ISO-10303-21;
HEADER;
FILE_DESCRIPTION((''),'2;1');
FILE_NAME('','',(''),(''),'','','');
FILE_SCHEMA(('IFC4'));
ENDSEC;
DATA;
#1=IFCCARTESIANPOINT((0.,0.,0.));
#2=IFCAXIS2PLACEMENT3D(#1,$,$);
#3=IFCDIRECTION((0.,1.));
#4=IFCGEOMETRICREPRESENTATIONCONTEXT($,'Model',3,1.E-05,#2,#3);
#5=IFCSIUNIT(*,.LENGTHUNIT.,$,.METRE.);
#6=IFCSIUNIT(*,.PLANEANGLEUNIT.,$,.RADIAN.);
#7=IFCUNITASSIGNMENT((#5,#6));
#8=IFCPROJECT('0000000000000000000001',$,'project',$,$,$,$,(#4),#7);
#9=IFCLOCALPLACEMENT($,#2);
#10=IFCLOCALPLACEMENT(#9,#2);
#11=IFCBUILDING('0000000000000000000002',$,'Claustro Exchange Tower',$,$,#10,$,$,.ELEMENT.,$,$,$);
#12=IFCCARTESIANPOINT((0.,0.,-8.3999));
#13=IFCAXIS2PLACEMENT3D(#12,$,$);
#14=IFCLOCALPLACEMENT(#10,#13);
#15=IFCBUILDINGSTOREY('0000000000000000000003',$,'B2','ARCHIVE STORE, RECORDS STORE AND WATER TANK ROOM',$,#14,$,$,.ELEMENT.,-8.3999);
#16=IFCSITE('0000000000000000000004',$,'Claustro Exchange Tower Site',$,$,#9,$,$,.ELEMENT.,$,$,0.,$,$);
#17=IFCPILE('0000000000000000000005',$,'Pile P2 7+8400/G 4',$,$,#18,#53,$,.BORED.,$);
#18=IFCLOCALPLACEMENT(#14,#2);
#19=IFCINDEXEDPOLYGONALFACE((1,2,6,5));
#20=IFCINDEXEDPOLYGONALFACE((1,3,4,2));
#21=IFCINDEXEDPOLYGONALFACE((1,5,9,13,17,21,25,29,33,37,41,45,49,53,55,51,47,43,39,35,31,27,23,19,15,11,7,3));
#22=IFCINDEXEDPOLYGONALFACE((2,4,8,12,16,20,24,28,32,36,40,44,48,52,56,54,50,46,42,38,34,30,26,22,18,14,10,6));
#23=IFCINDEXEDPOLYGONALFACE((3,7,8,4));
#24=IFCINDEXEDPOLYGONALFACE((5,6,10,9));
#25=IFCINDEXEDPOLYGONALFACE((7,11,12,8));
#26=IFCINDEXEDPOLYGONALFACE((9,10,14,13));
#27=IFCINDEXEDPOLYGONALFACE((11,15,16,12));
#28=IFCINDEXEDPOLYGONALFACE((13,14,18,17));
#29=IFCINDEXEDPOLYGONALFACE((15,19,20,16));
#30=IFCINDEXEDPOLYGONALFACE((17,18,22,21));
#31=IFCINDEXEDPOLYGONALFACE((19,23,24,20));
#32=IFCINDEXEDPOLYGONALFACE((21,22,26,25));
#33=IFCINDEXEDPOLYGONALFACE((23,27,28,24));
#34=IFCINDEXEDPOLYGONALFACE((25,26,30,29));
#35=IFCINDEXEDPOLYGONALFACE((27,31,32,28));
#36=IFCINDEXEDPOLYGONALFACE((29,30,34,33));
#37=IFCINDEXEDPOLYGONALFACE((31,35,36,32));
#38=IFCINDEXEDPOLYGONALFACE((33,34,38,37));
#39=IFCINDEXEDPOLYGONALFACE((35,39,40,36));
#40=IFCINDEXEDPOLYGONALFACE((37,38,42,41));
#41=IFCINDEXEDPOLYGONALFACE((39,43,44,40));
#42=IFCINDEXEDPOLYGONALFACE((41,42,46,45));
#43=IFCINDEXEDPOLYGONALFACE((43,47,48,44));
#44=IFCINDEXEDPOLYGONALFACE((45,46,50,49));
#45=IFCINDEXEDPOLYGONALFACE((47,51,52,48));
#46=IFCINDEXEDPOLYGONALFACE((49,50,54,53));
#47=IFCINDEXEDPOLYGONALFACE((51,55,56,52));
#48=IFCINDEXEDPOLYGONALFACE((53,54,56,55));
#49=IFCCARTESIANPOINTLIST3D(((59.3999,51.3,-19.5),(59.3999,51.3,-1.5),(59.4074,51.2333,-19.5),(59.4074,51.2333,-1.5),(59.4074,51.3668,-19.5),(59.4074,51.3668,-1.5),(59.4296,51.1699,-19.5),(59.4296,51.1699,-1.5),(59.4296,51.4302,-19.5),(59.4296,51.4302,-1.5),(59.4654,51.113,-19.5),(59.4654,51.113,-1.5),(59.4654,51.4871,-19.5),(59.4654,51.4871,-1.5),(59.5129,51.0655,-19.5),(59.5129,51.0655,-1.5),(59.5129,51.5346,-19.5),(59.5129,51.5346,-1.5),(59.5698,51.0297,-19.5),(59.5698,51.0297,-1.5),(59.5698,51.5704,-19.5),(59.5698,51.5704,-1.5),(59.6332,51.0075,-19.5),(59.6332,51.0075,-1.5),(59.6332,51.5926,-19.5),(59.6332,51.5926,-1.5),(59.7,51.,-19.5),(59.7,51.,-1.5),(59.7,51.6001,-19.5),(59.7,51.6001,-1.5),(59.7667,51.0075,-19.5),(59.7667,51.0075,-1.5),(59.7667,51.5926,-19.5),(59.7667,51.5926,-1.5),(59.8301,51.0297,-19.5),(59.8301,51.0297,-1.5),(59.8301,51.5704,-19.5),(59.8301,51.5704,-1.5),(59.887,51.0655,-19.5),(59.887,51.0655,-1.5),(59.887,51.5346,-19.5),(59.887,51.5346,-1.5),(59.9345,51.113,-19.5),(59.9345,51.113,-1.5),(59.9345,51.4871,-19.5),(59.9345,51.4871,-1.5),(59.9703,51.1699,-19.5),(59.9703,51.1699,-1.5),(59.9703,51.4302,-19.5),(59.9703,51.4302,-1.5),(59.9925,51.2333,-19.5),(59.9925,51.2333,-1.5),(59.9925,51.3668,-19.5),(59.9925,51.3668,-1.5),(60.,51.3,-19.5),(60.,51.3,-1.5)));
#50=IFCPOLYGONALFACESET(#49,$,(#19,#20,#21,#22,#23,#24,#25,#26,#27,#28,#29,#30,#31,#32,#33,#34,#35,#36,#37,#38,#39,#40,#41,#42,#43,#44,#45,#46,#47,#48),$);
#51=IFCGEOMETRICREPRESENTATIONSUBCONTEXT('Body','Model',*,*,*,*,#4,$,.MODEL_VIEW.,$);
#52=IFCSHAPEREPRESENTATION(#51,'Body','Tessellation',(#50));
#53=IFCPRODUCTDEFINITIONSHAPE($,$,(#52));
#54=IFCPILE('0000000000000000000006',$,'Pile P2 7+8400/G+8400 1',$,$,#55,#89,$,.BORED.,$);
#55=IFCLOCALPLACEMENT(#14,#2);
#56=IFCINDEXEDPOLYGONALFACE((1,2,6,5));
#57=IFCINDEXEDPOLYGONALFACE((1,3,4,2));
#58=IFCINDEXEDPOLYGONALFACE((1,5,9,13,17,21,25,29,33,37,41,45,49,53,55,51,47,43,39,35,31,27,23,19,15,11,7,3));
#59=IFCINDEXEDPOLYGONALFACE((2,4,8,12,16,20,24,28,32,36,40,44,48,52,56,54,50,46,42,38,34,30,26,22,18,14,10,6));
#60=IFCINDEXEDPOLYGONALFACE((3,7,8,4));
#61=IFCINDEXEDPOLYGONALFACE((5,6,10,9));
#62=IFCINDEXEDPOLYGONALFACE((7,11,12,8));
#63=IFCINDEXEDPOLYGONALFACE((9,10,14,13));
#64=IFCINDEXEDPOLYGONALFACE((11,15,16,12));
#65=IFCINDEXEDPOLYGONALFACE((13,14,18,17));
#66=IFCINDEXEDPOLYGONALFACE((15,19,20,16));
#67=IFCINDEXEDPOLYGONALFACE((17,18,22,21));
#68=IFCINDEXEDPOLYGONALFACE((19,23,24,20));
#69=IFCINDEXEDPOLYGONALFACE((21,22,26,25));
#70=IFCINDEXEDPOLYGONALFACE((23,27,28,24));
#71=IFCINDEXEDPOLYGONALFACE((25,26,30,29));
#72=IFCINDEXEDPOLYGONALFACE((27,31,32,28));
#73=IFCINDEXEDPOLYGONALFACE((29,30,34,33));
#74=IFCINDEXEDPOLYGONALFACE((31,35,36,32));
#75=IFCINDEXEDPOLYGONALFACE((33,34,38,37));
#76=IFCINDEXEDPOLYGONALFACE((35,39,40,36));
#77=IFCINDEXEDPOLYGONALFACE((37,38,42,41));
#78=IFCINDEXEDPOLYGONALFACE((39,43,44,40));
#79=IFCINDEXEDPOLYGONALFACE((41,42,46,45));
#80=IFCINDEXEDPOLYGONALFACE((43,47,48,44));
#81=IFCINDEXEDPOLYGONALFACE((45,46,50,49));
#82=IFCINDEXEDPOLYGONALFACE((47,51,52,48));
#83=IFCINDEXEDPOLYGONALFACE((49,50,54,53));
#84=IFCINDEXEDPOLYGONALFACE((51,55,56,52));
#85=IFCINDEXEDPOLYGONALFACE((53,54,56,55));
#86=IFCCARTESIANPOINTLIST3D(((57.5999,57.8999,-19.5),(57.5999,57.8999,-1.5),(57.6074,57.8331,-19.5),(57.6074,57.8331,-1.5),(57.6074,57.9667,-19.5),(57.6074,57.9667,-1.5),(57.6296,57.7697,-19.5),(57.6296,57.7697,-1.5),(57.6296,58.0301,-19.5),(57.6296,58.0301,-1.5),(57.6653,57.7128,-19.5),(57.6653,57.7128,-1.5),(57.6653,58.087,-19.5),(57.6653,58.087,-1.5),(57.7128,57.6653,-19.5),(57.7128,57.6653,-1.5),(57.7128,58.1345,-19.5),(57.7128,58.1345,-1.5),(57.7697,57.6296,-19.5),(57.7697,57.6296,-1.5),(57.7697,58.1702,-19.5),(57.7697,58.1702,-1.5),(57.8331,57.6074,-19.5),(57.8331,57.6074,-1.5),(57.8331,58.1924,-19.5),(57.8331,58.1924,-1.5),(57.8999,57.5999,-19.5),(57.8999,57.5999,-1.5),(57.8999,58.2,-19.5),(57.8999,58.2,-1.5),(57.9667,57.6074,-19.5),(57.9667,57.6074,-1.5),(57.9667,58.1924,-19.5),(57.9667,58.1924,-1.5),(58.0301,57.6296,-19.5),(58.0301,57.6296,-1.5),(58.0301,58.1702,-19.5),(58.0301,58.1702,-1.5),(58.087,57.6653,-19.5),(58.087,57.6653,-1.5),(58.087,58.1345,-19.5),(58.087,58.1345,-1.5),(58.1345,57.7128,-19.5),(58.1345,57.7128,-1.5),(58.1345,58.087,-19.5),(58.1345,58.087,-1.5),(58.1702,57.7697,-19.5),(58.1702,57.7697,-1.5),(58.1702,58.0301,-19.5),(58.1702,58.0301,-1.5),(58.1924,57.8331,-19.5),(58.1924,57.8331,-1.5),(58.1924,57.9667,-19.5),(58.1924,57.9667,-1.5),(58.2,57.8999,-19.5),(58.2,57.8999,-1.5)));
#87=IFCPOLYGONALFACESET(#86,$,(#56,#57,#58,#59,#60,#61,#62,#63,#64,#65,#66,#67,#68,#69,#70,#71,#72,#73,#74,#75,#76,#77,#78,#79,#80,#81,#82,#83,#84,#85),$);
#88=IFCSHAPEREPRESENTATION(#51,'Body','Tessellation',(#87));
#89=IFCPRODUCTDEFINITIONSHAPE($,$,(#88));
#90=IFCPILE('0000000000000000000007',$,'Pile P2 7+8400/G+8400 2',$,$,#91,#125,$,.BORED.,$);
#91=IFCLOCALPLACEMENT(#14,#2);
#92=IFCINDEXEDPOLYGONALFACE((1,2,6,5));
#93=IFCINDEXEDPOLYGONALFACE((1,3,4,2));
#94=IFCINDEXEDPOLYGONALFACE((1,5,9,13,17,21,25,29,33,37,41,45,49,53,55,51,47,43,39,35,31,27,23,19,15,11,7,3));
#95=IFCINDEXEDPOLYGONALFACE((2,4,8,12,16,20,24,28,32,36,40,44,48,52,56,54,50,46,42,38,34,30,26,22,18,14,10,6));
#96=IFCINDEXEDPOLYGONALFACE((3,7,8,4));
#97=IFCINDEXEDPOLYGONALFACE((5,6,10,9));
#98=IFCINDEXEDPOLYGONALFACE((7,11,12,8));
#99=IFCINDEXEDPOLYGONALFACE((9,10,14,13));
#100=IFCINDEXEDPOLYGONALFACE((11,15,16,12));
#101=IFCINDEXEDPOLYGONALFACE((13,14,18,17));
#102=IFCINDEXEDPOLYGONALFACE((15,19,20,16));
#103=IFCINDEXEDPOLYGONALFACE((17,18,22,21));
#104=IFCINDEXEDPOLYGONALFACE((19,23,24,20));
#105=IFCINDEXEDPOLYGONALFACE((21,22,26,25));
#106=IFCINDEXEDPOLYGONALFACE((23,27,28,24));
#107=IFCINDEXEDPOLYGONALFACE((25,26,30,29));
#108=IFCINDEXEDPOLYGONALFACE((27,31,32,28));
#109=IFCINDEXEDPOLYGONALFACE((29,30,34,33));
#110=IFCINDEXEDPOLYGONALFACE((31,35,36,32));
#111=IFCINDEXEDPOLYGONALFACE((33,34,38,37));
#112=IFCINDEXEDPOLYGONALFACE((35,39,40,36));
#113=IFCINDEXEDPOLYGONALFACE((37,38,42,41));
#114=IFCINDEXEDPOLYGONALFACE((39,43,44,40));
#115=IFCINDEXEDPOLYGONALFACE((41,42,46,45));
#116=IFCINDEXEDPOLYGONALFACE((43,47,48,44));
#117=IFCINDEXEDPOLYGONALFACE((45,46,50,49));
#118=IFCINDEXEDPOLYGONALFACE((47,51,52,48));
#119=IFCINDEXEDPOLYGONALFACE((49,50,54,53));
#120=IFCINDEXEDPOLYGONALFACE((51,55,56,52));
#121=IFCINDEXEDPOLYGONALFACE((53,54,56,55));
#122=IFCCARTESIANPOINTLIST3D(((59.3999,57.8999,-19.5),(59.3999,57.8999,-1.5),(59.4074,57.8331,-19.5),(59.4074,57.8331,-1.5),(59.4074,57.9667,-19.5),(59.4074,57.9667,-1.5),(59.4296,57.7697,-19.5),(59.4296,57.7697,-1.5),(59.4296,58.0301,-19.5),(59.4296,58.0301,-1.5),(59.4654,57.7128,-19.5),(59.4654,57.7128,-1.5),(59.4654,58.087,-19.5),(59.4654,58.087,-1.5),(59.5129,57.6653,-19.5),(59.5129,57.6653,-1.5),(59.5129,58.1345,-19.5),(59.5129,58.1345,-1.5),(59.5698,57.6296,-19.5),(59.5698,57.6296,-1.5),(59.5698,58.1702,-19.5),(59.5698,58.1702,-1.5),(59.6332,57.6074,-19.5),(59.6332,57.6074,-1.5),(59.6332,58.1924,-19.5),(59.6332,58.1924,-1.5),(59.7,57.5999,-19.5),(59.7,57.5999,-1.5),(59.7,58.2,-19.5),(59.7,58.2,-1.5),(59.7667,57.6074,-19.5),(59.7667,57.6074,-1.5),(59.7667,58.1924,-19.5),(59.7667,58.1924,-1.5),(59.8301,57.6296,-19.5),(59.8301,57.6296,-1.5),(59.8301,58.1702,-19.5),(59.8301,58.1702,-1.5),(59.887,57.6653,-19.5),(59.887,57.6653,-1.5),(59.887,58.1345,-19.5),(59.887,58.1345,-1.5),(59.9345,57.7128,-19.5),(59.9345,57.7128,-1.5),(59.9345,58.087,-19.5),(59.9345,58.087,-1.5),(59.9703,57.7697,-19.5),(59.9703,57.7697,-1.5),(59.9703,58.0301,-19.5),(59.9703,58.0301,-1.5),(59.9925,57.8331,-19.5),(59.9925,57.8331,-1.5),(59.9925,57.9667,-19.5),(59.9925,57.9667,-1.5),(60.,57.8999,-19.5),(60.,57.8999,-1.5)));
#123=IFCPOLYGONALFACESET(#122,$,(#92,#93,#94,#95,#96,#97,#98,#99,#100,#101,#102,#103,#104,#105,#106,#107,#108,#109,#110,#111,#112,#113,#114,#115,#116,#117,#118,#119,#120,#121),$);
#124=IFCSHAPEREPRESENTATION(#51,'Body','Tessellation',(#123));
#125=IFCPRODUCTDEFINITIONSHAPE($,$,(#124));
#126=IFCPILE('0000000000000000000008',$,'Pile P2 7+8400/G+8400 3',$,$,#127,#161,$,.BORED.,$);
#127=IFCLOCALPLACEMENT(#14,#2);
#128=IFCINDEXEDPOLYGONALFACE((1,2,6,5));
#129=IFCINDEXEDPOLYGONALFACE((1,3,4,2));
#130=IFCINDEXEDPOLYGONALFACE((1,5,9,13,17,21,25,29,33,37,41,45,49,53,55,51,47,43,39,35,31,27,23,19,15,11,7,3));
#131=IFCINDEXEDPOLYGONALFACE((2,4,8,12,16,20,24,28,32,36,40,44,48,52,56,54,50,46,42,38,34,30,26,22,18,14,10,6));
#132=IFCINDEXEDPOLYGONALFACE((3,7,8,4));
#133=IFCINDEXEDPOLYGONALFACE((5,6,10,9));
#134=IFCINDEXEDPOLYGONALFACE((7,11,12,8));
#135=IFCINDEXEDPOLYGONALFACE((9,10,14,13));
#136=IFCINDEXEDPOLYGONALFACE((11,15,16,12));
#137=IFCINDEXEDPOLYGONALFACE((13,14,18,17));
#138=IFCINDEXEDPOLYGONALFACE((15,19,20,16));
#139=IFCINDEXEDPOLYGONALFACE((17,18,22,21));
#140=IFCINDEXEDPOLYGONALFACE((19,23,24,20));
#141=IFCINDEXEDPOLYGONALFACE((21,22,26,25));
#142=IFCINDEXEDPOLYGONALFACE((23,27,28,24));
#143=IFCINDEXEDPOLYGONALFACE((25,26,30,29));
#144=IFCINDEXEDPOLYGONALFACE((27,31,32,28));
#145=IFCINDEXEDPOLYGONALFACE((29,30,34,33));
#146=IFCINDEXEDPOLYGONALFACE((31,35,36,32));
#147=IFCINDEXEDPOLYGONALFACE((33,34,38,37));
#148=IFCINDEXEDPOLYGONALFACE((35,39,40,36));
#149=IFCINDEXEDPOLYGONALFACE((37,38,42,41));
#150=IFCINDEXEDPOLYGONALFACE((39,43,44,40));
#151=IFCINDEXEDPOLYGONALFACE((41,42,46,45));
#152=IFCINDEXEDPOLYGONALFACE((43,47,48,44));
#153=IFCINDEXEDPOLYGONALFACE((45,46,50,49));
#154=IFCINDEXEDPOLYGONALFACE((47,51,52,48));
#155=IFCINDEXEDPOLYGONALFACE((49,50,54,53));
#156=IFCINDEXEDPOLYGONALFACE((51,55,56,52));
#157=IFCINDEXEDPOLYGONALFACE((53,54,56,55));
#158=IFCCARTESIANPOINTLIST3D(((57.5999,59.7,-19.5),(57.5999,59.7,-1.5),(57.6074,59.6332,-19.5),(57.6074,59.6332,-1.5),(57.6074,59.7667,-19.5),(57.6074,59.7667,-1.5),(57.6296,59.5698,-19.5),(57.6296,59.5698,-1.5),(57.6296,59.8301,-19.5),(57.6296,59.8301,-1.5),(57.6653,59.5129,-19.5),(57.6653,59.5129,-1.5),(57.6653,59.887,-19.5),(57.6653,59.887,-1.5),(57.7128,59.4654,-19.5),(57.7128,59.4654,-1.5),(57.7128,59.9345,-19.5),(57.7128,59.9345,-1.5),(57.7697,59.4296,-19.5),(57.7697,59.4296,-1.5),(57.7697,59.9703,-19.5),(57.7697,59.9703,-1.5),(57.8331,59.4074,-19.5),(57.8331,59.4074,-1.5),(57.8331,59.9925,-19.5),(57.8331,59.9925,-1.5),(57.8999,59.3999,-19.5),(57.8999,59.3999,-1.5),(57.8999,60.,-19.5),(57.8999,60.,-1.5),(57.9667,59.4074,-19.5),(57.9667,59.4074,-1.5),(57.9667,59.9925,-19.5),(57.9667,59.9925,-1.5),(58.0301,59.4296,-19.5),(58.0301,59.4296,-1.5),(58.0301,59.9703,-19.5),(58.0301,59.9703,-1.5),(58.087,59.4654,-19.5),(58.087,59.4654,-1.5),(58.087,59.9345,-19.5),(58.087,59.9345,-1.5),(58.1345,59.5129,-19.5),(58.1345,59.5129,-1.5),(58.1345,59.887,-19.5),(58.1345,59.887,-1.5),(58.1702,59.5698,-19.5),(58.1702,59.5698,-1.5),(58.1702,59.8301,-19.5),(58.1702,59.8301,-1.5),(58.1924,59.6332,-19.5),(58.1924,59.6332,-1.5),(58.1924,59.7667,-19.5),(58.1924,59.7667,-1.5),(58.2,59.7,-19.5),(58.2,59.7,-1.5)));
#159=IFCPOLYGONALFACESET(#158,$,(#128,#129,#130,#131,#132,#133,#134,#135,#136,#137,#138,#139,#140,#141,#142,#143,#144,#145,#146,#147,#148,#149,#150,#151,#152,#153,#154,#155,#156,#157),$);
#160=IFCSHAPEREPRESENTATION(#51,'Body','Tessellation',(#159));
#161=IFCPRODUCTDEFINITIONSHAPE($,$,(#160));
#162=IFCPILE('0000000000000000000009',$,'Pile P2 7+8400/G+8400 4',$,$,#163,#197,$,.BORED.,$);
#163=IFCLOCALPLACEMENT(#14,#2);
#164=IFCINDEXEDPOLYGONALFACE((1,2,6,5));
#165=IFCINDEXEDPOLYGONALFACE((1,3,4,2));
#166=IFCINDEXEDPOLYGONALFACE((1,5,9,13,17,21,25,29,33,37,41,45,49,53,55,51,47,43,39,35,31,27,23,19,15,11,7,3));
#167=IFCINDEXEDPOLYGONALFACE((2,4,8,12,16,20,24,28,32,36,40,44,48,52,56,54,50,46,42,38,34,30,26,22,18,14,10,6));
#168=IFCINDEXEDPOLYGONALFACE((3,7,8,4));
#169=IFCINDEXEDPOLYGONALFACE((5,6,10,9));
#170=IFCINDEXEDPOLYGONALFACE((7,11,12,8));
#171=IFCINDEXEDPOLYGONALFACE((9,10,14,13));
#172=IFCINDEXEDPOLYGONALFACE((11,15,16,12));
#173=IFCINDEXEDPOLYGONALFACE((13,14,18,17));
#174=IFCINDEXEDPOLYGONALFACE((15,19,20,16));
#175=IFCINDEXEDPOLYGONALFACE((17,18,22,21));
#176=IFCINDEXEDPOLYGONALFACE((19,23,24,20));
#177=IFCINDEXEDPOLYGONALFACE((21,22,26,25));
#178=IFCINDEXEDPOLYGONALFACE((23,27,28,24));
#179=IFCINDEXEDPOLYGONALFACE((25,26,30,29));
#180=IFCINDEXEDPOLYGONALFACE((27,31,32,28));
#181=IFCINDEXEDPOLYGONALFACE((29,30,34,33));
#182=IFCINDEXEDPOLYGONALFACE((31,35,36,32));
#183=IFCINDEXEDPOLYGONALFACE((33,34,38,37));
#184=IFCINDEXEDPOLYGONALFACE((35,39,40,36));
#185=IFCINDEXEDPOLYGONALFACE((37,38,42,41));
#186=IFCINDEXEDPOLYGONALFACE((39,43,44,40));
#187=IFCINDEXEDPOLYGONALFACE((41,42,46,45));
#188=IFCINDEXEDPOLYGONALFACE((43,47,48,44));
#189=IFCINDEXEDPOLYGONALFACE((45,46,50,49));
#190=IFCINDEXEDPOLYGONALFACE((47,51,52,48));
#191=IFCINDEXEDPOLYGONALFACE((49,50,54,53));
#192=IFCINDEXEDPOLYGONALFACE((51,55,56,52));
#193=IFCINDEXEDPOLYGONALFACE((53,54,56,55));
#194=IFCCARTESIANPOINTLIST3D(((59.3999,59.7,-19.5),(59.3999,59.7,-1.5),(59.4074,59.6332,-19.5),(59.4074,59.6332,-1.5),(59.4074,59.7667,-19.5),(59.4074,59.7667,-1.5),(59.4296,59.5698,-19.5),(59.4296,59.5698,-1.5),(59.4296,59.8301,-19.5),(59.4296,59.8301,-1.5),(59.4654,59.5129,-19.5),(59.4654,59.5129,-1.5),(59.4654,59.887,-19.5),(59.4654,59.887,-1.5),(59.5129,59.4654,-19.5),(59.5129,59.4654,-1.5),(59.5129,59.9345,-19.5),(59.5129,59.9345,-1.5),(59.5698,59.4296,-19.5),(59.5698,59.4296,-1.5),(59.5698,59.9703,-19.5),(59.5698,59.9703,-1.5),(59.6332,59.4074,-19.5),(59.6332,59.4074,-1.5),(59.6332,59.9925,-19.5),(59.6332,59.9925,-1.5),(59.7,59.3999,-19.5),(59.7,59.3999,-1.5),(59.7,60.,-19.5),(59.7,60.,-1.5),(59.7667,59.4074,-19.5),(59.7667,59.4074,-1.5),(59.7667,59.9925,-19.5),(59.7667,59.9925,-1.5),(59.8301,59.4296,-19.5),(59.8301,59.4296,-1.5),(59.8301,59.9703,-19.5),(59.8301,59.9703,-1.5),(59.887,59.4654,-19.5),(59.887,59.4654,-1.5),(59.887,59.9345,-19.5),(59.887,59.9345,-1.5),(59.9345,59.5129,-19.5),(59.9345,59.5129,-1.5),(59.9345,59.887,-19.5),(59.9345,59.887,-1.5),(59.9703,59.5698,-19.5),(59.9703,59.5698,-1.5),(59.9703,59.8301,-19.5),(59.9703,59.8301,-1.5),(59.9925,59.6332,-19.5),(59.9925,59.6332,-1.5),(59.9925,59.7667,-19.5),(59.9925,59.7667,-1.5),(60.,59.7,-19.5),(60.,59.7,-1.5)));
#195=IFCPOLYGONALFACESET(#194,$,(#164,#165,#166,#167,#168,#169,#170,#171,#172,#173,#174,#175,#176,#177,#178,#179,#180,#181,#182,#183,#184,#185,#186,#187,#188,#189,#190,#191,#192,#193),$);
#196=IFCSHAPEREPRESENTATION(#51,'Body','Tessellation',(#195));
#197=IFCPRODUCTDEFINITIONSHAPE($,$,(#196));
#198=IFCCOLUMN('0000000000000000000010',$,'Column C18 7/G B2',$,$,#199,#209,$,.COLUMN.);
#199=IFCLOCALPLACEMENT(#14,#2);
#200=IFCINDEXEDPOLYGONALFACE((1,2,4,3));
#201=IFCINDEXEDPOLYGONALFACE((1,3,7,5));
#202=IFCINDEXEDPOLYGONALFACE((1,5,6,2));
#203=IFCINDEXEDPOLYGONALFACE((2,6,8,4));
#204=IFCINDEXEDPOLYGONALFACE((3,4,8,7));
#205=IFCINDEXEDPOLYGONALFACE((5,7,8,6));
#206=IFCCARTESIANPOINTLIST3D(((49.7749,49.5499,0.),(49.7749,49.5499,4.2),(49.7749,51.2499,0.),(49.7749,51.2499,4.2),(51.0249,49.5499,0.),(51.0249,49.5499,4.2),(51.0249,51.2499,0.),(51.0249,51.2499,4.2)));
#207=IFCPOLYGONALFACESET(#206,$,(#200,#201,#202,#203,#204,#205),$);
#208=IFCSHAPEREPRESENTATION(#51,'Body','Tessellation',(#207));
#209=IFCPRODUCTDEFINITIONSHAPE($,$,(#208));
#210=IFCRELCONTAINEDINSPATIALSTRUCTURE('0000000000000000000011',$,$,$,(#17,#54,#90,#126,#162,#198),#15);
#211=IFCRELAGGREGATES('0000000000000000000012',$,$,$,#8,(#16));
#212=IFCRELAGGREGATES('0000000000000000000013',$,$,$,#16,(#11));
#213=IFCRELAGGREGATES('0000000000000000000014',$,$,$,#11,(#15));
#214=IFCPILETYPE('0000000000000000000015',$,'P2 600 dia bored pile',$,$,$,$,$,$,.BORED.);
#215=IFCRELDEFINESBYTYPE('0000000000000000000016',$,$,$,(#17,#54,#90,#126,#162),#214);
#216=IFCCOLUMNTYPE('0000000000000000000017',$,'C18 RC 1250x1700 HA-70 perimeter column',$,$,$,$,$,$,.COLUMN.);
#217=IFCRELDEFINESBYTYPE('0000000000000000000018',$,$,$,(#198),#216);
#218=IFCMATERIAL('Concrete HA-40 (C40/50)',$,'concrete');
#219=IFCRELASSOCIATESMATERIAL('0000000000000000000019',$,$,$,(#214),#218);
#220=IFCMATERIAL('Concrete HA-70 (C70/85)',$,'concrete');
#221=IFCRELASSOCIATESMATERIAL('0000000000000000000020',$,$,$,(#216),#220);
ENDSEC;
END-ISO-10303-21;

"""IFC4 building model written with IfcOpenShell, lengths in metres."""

from ifc_helpers import new_model, si_unit, direction, frame, origin, origin_2d, place, context, subcontext, project, spatial, rectangle, circle, extrude, material, material_profile, profile_set, type_object, element, save


model = new_model("IFC4")

# Units and contexts
model_context = context("Model", 3, precision=1e-05, world=origin(), true_north=direction((0.0, 1.0)))
body_context = subcontext(model_context, "Body", "Model", "MODEL_VIEW")
ifc_project = project(units=[si_unit("LENGTHUNIT", "METRE"), si_unit("PLANEANGLEUNIT", "RADIAN")], contexts=[model_context])

# Site, building, storey
site_placement = place(None, origin())
site = spatial("IfcSite", under=ifc_project, at=site_placement, Name="Claustro Exchange Tower Site", CompositionType="ELEMENT", RefElevation=0.0)
building_placement = place(site_placement, origin())
building = spatial("IfcBuilding", under=site, at=building_placement, Name="Claustro Exchange Tower", CompositionType="ELEMENT")
storey_placement = place(building_placement, frame((0.0, 0.0, -8.3999)))
storey = spatial("IfcBuildingStorey", under=building, at=storey_placement, Name="B2", Description="ARCHIVE STORE, RECORDS STORE AND WATER TANK ROOM", CompositionType="ELEMENT", Elevation=-8.3999)

# Piles
ifc_material_1 = material(Name="Concrete HA-40 (C40/50)", Category="concrete")
pile_type_1 = type_object("IfcPileType", Name="P2 600 dia bored pile", PredefinedType="BORED", material=ifc_material_1)
for number, where, z_axis, x_axis, name in (
    (1, (59.7, 51.3, -1.5), (0.0, 0.0, -1.0), (1.0, 0.0, 0.0), "Pile P2 7+8400/G 4"),
    (2, (57.8999, 57.8999, -1.5), (0.0, 0.0, -1.0), (1.0, 0.0, 0.0), "Pile P2 7+8400/G+8400 1"),
    (3, (59.7, 57.8999, -1.5), (0.0, 0.0, -1.0), (1.0, 0.0, 0.0), "Pile P2 7+8400/G+8400 2"),
    (4, (57.8999, 59.7, -1.5), (0.0, 0.0, -1.0), (1.0, 0.0, 0.0), "Pile P2 7+8400/G+8400 3"),
    (5, (59.7, 59.7, -1.5), (0.0, 0.0, -1.0), (1.0, 0.0, 0.0), "Pile P2 7+8400/G+8400 4"),
):
    element("IfcPile", number, at=place(storey_placement, frame(where, z_axis=z_axis, x_axis=x_axis)), inside=storey, type_object=pile_type_1, Name=name, PredefinedType="BORED", context=body_context, shape_type="SweptSolid", body=[
        extrude(circle(Radius=0.3, at=origin_2d()), origin(), (0.0, 0.0, 1.0), 18.0),
    ])

# Column
ifc_material_2 = material(Name="Concrete HA-70 (C70/85)", Category="concrete")
ifc_material_profile_1 = material_profile(ifc_material_2, rectangle(XDim=1.25, YDim=1.7, at=origin_2d()), Name="RC 1250x1700")
ifc_profile_set_1 = profile_set([ifc_material_profile_1], Name="Concrete HA-70 (C70/85)")
column_type_1 = type_object("IfcColumnType", Name="C18 RC 1250x1700 HA-70 perimeter column", PredefinedType="COLUMN", material=ifc_profile_set_1)
column_1_placement = place(storey_placement, frame((50.3999, 50.3999, 0.0), z_axis=(0.0, 0.0, 1.0), x_axis=(1.0, 0.0, 0.0)))
element("IfcColumn", 6, at=column_1_placement, inside=storey, type_object=column_type_1, Name="Column C18 7/G B2", PredefinedType="COLUMN", context=body_context, shape_type="SweptSolid", body=[
    extrude(rectangle(XDim=1.25, YDim=1.7, at=origin_2d()), origin(), (0.0, 0.0, 1.0), 4.2),
])

save(model, "model.ifc")
